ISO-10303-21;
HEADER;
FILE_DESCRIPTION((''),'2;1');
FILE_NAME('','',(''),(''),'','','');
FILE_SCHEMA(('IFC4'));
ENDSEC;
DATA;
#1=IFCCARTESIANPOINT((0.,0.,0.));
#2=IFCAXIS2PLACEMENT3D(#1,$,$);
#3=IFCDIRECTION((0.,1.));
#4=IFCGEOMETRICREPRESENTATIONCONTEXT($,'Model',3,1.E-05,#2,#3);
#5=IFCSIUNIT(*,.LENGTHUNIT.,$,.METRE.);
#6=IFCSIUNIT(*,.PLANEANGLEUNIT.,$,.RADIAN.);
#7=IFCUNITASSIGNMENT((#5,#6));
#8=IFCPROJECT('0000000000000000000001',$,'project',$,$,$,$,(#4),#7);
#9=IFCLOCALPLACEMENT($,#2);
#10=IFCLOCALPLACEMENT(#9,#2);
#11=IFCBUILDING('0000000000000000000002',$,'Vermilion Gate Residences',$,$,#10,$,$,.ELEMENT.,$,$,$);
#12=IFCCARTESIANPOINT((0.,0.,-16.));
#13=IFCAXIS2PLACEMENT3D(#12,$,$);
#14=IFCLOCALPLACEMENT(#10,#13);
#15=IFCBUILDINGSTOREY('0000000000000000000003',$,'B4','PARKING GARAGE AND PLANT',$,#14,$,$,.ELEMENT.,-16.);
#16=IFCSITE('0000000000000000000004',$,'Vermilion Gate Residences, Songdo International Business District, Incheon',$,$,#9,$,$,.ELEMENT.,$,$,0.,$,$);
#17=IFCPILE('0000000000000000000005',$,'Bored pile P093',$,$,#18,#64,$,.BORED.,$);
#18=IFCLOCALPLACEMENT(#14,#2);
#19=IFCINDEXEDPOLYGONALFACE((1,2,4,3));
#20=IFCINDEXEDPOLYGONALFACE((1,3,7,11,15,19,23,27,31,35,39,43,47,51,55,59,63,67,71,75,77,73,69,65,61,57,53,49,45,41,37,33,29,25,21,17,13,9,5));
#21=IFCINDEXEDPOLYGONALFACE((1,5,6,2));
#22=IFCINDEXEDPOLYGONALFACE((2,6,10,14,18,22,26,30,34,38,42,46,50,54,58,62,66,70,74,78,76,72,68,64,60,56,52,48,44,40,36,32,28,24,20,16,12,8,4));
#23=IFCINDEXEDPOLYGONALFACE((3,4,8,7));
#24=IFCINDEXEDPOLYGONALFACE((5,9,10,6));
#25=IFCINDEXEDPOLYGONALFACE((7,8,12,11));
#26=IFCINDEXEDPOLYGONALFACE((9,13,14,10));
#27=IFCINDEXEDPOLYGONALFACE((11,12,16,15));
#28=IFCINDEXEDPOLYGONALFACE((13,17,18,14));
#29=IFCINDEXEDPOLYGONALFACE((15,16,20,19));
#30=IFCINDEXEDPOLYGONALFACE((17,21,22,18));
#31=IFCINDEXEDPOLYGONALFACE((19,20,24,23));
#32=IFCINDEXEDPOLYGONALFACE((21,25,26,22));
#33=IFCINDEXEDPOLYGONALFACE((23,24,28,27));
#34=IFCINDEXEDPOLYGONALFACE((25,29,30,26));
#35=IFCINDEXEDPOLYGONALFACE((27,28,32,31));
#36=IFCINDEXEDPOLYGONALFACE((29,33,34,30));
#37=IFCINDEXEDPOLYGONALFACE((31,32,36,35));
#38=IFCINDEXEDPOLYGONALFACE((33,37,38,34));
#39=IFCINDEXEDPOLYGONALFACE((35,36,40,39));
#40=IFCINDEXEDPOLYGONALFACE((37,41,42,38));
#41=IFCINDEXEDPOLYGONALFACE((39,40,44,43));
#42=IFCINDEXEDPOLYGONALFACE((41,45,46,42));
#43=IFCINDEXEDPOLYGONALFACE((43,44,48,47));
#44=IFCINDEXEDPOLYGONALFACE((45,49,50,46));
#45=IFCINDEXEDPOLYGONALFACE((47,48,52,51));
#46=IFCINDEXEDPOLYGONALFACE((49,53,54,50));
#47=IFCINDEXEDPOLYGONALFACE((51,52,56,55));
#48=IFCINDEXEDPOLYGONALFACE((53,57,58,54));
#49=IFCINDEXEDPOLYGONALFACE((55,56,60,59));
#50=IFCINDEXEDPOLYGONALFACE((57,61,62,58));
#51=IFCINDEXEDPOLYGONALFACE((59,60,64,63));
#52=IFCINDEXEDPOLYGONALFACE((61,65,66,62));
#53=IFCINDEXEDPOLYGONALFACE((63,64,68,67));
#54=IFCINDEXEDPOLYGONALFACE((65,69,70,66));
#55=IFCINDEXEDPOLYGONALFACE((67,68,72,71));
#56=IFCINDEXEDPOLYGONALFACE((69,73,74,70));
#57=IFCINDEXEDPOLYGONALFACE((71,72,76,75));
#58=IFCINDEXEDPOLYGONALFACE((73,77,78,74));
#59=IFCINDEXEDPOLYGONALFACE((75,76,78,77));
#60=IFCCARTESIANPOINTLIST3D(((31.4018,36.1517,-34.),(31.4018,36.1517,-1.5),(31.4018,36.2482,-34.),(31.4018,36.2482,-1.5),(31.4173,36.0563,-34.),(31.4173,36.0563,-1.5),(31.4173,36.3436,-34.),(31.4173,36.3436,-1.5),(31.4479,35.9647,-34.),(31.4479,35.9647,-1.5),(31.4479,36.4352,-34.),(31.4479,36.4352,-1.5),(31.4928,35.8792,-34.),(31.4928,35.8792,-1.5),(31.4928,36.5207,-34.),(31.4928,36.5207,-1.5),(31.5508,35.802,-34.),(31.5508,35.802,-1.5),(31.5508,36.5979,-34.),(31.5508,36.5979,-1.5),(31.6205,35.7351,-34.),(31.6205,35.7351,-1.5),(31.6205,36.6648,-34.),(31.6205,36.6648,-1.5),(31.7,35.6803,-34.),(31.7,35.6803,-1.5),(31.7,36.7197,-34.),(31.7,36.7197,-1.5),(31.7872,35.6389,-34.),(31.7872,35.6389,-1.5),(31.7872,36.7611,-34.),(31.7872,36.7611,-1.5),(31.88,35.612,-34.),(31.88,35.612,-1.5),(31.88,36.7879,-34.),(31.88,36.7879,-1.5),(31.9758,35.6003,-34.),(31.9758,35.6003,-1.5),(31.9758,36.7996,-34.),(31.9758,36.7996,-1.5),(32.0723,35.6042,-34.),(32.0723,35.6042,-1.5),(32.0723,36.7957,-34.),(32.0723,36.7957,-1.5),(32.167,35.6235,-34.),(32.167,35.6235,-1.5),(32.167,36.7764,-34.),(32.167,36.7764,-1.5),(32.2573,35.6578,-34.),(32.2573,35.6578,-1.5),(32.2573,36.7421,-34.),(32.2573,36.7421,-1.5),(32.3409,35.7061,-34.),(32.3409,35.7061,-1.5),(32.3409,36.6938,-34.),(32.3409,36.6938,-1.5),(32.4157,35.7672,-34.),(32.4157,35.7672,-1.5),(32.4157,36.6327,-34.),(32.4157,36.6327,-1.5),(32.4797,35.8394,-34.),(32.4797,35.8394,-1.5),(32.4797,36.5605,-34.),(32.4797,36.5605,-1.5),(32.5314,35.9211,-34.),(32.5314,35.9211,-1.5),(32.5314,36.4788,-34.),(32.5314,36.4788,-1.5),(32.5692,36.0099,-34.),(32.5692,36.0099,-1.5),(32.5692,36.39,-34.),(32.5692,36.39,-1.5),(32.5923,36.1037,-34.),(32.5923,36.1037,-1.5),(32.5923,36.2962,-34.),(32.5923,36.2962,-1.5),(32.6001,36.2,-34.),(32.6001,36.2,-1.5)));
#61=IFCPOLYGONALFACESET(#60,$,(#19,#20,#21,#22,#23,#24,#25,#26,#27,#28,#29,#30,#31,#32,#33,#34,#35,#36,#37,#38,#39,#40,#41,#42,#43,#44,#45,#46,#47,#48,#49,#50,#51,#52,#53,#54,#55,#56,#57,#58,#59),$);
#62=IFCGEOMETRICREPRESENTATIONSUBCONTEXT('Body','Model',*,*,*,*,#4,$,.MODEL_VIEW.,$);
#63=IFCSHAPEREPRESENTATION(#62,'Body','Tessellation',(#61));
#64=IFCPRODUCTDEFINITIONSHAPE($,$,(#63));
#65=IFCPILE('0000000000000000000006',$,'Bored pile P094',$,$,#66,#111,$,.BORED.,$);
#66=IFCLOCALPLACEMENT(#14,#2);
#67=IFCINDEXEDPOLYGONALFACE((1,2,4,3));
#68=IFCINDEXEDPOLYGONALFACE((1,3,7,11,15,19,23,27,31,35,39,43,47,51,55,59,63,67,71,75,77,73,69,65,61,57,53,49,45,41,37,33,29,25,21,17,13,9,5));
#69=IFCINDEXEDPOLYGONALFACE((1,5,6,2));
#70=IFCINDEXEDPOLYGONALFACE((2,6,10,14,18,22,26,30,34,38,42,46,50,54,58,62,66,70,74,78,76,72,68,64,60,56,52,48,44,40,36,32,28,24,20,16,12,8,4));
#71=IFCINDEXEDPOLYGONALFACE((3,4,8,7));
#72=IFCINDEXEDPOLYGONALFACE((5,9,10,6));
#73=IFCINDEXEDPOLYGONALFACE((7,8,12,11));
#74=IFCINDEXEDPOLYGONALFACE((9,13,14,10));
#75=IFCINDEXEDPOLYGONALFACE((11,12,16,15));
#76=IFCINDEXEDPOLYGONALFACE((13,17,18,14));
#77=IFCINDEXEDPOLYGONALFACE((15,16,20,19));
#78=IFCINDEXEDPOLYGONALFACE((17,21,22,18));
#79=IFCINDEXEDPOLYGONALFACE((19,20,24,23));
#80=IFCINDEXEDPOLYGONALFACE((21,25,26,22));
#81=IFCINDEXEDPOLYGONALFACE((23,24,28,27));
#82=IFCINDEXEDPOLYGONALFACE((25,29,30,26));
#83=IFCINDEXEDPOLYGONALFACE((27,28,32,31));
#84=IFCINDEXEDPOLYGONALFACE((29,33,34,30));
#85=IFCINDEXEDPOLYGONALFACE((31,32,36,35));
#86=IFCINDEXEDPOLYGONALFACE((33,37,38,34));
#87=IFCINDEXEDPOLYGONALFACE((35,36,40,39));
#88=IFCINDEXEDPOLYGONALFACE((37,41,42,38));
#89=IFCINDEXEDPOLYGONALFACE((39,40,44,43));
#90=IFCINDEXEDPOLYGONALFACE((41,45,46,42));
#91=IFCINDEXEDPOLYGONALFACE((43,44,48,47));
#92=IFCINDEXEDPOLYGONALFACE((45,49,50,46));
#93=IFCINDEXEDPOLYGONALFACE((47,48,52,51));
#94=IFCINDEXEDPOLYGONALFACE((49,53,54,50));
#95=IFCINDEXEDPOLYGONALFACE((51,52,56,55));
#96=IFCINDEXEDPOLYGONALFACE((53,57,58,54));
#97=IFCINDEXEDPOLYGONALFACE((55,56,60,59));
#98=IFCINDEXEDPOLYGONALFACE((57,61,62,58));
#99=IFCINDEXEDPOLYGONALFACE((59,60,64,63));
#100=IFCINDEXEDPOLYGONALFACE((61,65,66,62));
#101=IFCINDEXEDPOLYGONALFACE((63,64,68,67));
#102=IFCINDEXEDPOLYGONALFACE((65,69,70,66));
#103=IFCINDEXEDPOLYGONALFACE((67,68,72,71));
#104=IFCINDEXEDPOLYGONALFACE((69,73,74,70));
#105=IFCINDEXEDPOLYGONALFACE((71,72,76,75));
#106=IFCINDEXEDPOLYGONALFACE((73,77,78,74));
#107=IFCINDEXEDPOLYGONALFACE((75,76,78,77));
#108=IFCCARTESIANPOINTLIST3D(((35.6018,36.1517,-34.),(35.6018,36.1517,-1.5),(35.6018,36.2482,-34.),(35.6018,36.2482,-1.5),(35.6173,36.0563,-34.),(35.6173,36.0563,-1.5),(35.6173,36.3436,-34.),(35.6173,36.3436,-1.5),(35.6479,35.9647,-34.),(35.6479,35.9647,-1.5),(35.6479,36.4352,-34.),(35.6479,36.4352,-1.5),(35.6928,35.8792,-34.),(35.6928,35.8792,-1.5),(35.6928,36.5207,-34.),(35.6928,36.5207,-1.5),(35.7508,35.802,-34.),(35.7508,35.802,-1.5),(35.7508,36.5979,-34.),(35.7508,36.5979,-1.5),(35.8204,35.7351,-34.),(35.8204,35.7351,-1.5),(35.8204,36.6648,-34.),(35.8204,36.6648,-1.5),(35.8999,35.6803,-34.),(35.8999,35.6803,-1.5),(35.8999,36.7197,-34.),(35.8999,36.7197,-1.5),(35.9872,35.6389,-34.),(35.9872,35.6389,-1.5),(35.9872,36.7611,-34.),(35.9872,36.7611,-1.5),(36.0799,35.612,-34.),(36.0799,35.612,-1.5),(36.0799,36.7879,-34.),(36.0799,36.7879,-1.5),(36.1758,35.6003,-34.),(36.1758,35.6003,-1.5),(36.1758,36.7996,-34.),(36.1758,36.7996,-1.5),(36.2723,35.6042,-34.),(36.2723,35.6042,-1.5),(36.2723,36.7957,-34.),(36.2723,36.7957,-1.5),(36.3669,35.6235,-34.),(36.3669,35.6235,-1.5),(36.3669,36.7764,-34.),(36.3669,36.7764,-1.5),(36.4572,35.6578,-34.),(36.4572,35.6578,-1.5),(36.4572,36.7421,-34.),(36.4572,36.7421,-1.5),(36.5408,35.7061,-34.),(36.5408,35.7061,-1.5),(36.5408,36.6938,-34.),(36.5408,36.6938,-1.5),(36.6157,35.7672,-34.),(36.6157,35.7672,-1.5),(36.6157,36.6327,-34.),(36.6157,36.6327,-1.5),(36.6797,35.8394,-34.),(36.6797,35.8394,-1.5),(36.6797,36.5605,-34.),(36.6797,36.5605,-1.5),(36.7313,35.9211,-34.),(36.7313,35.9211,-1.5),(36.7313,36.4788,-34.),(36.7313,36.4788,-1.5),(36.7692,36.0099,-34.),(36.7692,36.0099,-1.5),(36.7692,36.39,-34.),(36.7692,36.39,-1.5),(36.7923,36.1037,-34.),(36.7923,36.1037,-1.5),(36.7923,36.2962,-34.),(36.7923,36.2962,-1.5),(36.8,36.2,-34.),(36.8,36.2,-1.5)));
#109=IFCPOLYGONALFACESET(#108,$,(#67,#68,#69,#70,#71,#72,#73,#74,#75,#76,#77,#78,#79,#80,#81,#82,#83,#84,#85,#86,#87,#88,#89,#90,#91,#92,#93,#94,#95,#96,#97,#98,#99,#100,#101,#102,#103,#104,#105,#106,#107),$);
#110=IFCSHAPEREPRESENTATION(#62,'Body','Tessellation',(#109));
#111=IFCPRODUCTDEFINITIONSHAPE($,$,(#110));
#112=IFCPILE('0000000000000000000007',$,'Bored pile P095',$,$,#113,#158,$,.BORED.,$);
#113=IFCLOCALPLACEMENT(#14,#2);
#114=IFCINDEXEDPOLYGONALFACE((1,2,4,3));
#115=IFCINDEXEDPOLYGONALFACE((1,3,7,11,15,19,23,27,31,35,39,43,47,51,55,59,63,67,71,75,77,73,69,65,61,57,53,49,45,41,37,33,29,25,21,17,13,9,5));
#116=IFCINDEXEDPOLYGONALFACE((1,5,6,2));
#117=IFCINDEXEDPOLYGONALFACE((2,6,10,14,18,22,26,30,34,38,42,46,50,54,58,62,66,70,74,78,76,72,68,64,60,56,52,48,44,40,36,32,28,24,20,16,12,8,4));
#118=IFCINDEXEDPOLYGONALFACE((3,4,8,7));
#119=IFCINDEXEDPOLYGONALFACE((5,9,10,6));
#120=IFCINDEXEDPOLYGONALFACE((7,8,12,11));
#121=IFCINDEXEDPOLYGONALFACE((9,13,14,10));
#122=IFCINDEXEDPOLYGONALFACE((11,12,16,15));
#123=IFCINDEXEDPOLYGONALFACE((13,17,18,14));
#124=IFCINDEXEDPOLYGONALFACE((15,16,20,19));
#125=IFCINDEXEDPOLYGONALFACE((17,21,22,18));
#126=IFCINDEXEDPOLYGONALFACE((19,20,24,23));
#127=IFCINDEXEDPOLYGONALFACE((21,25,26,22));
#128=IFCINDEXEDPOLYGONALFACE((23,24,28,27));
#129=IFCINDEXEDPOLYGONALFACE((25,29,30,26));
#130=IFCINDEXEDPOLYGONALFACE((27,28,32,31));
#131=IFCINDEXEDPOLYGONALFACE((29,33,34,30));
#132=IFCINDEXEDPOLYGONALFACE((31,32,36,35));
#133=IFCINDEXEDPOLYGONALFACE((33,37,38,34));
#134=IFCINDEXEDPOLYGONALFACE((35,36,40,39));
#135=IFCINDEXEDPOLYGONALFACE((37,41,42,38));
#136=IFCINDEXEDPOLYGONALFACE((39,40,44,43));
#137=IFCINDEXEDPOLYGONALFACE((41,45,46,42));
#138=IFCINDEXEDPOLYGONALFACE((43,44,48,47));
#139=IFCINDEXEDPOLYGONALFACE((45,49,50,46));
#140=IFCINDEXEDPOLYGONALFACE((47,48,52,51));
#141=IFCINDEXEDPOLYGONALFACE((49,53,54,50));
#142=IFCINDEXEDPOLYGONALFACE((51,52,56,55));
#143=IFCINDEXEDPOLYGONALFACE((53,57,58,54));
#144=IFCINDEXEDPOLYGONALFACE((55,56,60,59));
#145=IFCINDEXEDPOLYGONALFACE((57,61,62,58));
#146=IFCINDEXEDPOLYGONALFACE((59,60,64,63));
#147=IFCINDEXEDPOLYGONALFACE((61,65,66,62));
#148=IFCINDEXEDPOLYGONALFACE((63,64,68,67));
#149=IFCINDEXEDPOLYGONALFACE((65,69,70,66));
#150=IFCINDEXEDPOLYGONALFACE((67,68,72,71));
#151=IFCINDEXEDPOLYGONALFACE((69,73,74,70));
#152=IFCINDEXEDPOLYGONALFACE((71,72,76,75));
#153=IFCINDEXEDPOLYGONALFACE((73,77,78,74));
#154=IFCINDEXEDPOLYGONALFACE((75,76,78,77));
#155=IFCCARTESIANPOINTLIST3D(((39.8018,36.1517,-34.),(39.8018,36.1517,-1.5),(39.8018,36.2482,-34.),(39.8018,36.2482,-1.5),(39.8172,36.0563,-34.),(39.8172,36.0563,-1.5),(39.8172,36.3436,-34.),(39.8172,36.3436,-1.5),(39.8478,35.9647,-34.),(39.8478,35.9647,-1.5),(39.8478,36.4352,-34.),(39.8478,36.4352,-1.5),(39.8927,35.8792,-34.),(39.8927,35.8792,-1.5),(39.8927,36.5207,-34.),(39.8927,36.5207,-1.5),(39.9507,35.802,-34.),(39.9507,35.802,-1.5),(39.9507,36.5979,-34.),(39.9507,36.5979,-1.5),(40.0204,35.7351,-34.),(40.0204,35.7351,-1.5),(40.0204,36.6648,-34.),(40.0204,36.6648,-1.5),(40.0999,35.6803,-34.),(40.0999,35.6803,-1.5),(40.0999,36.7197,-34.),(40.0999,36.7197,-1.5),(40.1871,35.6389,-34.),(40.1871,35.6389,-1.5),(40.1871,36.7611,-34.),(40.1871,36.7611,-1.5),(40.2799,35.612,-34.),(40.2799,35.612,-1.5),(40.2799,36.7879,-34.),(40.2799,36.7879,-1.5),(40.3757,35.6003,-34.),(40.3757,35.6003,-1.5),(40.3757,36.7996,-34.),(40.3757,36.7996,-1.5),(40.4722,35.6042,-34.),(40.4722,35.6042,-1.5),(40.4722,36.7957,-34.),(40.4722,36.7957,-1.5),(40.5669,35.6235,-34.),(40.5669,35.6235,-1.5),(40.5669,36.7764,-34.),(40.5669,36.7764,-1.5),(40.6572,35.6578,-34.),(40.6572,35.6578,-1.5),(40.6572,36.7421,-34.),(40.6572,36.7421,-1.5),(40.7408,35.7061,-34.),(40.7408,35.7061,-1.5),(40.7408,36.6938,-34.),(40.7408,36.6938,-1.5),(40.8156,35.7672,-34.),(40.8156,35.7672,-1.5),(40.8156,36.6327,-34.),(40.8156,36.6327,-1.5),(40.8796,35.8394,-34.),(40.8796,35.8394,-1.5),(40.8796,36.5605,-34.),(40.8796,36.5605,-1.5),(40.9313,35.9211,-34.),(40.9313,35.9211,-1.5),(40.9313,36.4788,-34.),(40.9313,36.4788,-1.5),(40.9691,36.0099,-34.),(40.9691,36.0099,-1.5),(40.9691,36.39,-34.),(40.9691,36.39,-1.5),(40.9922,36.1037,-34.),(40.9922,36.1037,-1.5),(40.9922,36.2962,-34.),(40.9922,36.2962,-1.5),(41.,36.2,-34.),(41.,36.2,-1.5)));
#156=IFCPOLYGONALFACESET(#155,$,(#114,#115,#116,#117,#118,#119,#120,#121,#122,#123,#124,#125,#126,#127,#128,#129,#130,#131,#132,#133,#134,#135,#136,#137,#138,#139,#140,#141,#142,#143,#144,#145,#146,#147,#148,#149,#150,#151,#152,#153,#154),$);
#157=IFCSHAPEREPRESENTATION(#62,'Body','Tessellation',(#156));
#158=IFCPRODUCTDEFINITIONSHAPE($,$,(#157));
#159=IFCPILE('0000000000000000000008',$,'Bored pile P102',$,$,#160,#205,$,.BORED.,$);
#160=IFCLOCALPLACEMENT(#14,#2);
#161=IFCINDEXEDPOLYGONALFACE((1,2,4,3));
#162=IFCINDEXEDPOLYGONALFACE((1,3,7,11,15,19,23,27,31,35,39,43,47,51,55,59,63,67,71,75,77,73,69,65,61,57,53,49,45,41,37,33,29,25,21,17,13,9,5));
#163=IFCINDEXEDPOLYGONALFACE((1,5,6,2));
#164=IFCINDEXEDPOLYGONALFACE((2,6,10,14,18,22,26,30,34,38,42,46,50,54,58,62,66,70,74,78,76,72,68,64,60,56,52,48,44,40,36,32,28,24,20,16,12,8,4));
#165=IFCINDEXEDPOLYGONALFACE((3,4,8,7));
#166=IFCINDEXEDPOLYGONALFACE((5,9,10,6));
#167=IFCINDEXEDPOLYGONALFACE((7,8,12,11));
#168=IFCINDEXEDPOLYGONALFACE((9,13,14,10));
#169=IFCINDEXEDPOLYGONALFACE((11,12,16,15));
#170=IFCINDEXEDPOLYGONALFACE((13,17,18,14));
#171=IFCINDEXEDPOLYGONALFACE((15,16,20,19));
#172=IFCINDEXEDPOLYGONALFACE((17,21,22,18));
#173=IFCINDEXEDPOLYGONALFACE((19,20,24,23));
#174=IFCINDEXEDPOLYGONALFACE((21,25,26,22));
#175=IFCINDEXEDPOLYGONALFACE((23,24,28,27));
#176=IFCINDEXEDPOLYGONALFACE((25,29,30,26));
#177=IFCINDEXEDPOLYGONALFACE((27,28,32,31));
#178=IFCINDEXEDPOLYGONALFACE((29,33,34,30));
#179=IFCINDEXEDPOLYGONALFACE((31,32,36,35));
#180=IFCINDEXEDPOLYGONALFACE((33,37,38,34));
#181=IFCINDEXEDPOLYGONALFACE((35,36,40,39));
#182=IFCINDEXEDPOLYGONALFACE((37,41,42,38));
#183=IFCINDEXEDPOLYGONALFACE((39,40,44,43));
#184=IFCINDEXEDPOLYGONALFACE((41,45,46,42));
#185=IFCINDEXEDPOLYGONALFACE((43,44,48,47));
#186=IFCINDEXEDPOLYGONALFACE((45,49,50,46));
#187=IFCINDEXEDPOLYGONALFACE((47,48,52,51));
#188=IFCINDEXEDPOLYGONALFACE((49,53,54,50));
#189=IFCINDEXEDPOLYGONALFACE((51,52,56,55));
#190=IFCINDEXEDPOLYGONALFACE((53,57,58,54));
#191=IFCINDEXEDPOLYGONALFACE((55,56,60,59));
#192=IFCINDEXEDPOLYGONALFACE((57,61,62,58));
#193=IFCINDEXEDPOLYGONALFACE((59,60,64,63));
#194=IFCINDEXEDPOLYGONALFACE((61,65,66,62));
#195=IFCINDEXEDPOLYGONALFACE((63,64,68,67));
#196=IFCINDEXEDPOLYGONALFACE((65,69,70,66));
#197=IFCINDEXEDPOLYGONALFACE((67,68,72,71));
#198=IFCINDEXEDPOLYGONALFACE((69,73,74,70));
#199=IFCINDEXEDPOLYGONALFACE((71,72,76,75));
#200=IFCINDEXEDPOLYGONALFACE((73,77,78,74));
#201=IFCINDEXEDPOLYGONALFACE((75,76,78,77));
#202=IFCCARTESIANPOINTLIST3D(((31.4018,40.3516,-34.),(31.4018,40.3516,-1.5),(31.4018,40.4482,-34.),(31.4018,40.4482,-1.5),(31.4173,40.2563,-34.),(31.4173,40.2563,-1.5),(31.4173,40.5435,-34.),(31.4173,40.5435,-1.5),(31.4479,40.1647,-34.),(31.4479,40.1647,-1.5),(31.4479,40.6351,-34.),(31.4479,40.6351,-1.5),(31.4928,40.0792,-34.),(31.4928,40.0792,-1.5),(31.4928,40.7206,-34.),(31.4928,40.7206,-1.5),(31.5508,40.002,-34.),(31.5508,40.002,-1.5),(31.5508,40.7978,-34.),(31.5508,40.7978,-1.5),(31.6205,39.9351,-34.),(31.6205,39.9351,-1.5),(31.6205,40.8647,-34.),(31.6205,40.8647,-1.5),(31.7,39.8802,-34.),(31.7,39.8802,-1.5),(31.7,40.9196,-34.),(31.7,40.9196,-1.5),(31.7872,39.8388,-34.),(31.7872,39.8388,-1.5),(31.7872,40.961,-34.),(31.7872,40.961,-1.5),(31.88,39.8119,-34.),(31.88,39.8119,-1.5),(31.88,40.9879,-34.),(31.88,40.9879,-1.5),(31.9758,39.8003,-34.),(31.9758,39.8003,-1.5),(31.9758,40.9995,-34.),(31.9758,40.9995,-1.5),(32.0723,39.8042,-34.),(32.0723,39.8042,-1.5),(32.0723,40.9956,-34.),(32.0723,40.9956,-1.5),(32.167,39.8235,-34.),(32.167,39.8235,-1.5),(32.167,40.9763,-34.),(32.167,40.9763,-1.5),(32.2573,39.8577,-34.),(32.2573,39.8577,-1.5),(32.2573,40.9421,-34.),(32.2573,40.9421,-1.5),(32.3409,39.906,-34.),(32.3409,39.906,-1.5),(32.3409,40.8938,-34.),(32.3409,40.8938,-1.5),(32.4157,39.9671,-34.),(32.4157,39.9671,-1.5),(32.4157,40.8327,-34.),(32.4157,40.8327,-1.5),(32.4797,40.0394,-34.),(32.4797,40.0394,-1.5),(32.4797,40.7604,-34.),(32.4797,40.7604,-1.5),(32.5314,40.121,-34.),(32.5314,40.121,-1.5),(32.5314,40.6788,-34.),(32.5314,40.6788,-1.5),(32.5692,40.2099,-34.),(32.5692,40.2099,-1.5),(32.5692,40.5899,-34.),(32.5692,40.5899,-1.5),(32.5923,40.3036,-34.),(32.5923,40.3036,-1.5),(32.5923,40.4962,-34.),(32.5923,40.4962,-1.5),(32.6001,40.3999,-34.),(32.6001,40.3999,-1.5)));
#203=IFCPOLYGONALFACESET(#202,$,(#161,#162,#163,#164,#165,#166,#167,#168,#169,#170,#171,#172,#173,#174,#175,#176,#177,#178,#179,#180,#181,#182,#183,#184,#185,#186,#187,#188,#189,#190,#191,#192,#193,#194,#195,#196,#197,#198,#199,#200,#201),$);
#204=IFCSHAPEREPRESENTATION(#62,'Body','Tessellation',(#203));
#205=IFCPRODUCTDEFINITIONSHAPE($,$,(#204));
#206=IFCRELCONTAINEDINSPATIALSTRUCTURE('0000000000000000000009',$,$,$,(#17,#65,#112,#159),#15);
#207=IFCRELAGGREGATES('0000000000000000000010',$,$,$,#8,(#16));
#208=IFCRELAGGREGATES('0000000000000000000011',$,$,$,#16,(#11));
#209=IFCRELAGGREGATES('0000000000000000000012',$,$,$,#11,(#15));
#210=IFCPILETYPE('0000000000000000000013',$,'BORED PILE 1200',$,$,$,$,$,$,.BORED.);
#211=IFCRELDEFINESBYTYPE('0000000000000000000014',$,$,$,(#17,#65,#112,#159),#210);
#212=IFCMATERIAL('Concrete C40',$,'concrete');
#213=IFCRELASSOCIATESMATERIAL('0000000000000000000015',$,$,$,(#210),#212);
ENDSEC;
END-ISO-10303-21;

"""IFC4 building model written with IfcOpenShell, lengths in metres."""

from ifc_helpers import new_model, si_unit, direction, frame, origin, origin_2d, place, context, subcontext, project, spatial, circle, extrude, material, material_profile, profile_set, type_object, element, save


model = new_model("IFC4")

# Units and contexts
model_context = context("Model", 3, precision=1e-05, world=origin(), true_north=direction((0.0, 1.0)))
body_context = subcontext(model_context, "Body", "Model", "MODEL_VIEW")
ifc_project = project(units=[si_unit("LENGTHUNIT", "METRE"), si_unit("PLANEANGLEUNIT", "RADIAN")], contexts=[model_context])

# Site, building, storey
site_placement = place(None, origin())
site = spatial("IfcSite", under=ifc_project, at=site_placement, Name="Vermilion Gate Residences, Songdo International Business District, Incheon", CompositionType="ELEMENT", RefElevation=0.0)
building_placement = place(site_placement, origin())
building = spatial("IfcBuilding", under=site, at=building_placement, Name="Vermilion Gate Residences", CompositionType="ELEMENT")
storey_placement = place(building_placement, frame((0.0, 0.0, -16.0)))
storey = spatial("IfcBuildingStorey", under=building, at=storey_placement, Name="B4", Description="PARKING GARAGE AND PLANT", CompositionType="ELEMENT", Elevation=-16.0)

# Piles
ifc_material_1 = material(Name="Concrete C40", Category="concrete")
ifc_material_profile_1 = material_profile(ifc_material_1, circle(Radius=0.6001, at=origin_2d()), Name="BORED PILE 1200")
ifc_profile_set_1 = profile_set([ifc_material_profile_1], Name="Concrete C40")
pile_type_1 = type_object("IfcPileType", Name="BORED PILE 1200", PredefinedType="BORED", material=ifc_profile_set_1)
for number, where, z_axis, x_axis, name in (
    (1, (32.0, 36.2, -1.5), (0.0, 0.0, -1.0), (1.0, 0.0, 0.0), "Bored pile P093"),
    (2, (36.2, 36.2, -1.5), (0.0, 0.0, -1.0), (1.0, 0.0, 0.0), "Bored pile P094"),
    (3, (40.3999, 36.2, -1.5), (0.0, 0.0, -1.0), (1.0, 0.0, 0.0), "Bored pile P095"),
    (4, (32.0, 40.3999, -1.5), (0.0, 0.0, -1.0), (1.0, 0.0, 0.0), "Bored pile P102"),
):
    element("IfcPile", number, at=place(storey_placement, frame(where, z_axis=z_axis, x_axis=x_axis)), inside=storey, type_object=pile_type_1, Name=name, PredefinedType="BORED", context=body_context, shape_type="SweptSolid", body=[
        extrude(circle(Radius=0.6001, at=origin_2d()), origin(), (0.0, 0.0, 1.0), 32.5),
    ])

save(model, "model.ifc")
